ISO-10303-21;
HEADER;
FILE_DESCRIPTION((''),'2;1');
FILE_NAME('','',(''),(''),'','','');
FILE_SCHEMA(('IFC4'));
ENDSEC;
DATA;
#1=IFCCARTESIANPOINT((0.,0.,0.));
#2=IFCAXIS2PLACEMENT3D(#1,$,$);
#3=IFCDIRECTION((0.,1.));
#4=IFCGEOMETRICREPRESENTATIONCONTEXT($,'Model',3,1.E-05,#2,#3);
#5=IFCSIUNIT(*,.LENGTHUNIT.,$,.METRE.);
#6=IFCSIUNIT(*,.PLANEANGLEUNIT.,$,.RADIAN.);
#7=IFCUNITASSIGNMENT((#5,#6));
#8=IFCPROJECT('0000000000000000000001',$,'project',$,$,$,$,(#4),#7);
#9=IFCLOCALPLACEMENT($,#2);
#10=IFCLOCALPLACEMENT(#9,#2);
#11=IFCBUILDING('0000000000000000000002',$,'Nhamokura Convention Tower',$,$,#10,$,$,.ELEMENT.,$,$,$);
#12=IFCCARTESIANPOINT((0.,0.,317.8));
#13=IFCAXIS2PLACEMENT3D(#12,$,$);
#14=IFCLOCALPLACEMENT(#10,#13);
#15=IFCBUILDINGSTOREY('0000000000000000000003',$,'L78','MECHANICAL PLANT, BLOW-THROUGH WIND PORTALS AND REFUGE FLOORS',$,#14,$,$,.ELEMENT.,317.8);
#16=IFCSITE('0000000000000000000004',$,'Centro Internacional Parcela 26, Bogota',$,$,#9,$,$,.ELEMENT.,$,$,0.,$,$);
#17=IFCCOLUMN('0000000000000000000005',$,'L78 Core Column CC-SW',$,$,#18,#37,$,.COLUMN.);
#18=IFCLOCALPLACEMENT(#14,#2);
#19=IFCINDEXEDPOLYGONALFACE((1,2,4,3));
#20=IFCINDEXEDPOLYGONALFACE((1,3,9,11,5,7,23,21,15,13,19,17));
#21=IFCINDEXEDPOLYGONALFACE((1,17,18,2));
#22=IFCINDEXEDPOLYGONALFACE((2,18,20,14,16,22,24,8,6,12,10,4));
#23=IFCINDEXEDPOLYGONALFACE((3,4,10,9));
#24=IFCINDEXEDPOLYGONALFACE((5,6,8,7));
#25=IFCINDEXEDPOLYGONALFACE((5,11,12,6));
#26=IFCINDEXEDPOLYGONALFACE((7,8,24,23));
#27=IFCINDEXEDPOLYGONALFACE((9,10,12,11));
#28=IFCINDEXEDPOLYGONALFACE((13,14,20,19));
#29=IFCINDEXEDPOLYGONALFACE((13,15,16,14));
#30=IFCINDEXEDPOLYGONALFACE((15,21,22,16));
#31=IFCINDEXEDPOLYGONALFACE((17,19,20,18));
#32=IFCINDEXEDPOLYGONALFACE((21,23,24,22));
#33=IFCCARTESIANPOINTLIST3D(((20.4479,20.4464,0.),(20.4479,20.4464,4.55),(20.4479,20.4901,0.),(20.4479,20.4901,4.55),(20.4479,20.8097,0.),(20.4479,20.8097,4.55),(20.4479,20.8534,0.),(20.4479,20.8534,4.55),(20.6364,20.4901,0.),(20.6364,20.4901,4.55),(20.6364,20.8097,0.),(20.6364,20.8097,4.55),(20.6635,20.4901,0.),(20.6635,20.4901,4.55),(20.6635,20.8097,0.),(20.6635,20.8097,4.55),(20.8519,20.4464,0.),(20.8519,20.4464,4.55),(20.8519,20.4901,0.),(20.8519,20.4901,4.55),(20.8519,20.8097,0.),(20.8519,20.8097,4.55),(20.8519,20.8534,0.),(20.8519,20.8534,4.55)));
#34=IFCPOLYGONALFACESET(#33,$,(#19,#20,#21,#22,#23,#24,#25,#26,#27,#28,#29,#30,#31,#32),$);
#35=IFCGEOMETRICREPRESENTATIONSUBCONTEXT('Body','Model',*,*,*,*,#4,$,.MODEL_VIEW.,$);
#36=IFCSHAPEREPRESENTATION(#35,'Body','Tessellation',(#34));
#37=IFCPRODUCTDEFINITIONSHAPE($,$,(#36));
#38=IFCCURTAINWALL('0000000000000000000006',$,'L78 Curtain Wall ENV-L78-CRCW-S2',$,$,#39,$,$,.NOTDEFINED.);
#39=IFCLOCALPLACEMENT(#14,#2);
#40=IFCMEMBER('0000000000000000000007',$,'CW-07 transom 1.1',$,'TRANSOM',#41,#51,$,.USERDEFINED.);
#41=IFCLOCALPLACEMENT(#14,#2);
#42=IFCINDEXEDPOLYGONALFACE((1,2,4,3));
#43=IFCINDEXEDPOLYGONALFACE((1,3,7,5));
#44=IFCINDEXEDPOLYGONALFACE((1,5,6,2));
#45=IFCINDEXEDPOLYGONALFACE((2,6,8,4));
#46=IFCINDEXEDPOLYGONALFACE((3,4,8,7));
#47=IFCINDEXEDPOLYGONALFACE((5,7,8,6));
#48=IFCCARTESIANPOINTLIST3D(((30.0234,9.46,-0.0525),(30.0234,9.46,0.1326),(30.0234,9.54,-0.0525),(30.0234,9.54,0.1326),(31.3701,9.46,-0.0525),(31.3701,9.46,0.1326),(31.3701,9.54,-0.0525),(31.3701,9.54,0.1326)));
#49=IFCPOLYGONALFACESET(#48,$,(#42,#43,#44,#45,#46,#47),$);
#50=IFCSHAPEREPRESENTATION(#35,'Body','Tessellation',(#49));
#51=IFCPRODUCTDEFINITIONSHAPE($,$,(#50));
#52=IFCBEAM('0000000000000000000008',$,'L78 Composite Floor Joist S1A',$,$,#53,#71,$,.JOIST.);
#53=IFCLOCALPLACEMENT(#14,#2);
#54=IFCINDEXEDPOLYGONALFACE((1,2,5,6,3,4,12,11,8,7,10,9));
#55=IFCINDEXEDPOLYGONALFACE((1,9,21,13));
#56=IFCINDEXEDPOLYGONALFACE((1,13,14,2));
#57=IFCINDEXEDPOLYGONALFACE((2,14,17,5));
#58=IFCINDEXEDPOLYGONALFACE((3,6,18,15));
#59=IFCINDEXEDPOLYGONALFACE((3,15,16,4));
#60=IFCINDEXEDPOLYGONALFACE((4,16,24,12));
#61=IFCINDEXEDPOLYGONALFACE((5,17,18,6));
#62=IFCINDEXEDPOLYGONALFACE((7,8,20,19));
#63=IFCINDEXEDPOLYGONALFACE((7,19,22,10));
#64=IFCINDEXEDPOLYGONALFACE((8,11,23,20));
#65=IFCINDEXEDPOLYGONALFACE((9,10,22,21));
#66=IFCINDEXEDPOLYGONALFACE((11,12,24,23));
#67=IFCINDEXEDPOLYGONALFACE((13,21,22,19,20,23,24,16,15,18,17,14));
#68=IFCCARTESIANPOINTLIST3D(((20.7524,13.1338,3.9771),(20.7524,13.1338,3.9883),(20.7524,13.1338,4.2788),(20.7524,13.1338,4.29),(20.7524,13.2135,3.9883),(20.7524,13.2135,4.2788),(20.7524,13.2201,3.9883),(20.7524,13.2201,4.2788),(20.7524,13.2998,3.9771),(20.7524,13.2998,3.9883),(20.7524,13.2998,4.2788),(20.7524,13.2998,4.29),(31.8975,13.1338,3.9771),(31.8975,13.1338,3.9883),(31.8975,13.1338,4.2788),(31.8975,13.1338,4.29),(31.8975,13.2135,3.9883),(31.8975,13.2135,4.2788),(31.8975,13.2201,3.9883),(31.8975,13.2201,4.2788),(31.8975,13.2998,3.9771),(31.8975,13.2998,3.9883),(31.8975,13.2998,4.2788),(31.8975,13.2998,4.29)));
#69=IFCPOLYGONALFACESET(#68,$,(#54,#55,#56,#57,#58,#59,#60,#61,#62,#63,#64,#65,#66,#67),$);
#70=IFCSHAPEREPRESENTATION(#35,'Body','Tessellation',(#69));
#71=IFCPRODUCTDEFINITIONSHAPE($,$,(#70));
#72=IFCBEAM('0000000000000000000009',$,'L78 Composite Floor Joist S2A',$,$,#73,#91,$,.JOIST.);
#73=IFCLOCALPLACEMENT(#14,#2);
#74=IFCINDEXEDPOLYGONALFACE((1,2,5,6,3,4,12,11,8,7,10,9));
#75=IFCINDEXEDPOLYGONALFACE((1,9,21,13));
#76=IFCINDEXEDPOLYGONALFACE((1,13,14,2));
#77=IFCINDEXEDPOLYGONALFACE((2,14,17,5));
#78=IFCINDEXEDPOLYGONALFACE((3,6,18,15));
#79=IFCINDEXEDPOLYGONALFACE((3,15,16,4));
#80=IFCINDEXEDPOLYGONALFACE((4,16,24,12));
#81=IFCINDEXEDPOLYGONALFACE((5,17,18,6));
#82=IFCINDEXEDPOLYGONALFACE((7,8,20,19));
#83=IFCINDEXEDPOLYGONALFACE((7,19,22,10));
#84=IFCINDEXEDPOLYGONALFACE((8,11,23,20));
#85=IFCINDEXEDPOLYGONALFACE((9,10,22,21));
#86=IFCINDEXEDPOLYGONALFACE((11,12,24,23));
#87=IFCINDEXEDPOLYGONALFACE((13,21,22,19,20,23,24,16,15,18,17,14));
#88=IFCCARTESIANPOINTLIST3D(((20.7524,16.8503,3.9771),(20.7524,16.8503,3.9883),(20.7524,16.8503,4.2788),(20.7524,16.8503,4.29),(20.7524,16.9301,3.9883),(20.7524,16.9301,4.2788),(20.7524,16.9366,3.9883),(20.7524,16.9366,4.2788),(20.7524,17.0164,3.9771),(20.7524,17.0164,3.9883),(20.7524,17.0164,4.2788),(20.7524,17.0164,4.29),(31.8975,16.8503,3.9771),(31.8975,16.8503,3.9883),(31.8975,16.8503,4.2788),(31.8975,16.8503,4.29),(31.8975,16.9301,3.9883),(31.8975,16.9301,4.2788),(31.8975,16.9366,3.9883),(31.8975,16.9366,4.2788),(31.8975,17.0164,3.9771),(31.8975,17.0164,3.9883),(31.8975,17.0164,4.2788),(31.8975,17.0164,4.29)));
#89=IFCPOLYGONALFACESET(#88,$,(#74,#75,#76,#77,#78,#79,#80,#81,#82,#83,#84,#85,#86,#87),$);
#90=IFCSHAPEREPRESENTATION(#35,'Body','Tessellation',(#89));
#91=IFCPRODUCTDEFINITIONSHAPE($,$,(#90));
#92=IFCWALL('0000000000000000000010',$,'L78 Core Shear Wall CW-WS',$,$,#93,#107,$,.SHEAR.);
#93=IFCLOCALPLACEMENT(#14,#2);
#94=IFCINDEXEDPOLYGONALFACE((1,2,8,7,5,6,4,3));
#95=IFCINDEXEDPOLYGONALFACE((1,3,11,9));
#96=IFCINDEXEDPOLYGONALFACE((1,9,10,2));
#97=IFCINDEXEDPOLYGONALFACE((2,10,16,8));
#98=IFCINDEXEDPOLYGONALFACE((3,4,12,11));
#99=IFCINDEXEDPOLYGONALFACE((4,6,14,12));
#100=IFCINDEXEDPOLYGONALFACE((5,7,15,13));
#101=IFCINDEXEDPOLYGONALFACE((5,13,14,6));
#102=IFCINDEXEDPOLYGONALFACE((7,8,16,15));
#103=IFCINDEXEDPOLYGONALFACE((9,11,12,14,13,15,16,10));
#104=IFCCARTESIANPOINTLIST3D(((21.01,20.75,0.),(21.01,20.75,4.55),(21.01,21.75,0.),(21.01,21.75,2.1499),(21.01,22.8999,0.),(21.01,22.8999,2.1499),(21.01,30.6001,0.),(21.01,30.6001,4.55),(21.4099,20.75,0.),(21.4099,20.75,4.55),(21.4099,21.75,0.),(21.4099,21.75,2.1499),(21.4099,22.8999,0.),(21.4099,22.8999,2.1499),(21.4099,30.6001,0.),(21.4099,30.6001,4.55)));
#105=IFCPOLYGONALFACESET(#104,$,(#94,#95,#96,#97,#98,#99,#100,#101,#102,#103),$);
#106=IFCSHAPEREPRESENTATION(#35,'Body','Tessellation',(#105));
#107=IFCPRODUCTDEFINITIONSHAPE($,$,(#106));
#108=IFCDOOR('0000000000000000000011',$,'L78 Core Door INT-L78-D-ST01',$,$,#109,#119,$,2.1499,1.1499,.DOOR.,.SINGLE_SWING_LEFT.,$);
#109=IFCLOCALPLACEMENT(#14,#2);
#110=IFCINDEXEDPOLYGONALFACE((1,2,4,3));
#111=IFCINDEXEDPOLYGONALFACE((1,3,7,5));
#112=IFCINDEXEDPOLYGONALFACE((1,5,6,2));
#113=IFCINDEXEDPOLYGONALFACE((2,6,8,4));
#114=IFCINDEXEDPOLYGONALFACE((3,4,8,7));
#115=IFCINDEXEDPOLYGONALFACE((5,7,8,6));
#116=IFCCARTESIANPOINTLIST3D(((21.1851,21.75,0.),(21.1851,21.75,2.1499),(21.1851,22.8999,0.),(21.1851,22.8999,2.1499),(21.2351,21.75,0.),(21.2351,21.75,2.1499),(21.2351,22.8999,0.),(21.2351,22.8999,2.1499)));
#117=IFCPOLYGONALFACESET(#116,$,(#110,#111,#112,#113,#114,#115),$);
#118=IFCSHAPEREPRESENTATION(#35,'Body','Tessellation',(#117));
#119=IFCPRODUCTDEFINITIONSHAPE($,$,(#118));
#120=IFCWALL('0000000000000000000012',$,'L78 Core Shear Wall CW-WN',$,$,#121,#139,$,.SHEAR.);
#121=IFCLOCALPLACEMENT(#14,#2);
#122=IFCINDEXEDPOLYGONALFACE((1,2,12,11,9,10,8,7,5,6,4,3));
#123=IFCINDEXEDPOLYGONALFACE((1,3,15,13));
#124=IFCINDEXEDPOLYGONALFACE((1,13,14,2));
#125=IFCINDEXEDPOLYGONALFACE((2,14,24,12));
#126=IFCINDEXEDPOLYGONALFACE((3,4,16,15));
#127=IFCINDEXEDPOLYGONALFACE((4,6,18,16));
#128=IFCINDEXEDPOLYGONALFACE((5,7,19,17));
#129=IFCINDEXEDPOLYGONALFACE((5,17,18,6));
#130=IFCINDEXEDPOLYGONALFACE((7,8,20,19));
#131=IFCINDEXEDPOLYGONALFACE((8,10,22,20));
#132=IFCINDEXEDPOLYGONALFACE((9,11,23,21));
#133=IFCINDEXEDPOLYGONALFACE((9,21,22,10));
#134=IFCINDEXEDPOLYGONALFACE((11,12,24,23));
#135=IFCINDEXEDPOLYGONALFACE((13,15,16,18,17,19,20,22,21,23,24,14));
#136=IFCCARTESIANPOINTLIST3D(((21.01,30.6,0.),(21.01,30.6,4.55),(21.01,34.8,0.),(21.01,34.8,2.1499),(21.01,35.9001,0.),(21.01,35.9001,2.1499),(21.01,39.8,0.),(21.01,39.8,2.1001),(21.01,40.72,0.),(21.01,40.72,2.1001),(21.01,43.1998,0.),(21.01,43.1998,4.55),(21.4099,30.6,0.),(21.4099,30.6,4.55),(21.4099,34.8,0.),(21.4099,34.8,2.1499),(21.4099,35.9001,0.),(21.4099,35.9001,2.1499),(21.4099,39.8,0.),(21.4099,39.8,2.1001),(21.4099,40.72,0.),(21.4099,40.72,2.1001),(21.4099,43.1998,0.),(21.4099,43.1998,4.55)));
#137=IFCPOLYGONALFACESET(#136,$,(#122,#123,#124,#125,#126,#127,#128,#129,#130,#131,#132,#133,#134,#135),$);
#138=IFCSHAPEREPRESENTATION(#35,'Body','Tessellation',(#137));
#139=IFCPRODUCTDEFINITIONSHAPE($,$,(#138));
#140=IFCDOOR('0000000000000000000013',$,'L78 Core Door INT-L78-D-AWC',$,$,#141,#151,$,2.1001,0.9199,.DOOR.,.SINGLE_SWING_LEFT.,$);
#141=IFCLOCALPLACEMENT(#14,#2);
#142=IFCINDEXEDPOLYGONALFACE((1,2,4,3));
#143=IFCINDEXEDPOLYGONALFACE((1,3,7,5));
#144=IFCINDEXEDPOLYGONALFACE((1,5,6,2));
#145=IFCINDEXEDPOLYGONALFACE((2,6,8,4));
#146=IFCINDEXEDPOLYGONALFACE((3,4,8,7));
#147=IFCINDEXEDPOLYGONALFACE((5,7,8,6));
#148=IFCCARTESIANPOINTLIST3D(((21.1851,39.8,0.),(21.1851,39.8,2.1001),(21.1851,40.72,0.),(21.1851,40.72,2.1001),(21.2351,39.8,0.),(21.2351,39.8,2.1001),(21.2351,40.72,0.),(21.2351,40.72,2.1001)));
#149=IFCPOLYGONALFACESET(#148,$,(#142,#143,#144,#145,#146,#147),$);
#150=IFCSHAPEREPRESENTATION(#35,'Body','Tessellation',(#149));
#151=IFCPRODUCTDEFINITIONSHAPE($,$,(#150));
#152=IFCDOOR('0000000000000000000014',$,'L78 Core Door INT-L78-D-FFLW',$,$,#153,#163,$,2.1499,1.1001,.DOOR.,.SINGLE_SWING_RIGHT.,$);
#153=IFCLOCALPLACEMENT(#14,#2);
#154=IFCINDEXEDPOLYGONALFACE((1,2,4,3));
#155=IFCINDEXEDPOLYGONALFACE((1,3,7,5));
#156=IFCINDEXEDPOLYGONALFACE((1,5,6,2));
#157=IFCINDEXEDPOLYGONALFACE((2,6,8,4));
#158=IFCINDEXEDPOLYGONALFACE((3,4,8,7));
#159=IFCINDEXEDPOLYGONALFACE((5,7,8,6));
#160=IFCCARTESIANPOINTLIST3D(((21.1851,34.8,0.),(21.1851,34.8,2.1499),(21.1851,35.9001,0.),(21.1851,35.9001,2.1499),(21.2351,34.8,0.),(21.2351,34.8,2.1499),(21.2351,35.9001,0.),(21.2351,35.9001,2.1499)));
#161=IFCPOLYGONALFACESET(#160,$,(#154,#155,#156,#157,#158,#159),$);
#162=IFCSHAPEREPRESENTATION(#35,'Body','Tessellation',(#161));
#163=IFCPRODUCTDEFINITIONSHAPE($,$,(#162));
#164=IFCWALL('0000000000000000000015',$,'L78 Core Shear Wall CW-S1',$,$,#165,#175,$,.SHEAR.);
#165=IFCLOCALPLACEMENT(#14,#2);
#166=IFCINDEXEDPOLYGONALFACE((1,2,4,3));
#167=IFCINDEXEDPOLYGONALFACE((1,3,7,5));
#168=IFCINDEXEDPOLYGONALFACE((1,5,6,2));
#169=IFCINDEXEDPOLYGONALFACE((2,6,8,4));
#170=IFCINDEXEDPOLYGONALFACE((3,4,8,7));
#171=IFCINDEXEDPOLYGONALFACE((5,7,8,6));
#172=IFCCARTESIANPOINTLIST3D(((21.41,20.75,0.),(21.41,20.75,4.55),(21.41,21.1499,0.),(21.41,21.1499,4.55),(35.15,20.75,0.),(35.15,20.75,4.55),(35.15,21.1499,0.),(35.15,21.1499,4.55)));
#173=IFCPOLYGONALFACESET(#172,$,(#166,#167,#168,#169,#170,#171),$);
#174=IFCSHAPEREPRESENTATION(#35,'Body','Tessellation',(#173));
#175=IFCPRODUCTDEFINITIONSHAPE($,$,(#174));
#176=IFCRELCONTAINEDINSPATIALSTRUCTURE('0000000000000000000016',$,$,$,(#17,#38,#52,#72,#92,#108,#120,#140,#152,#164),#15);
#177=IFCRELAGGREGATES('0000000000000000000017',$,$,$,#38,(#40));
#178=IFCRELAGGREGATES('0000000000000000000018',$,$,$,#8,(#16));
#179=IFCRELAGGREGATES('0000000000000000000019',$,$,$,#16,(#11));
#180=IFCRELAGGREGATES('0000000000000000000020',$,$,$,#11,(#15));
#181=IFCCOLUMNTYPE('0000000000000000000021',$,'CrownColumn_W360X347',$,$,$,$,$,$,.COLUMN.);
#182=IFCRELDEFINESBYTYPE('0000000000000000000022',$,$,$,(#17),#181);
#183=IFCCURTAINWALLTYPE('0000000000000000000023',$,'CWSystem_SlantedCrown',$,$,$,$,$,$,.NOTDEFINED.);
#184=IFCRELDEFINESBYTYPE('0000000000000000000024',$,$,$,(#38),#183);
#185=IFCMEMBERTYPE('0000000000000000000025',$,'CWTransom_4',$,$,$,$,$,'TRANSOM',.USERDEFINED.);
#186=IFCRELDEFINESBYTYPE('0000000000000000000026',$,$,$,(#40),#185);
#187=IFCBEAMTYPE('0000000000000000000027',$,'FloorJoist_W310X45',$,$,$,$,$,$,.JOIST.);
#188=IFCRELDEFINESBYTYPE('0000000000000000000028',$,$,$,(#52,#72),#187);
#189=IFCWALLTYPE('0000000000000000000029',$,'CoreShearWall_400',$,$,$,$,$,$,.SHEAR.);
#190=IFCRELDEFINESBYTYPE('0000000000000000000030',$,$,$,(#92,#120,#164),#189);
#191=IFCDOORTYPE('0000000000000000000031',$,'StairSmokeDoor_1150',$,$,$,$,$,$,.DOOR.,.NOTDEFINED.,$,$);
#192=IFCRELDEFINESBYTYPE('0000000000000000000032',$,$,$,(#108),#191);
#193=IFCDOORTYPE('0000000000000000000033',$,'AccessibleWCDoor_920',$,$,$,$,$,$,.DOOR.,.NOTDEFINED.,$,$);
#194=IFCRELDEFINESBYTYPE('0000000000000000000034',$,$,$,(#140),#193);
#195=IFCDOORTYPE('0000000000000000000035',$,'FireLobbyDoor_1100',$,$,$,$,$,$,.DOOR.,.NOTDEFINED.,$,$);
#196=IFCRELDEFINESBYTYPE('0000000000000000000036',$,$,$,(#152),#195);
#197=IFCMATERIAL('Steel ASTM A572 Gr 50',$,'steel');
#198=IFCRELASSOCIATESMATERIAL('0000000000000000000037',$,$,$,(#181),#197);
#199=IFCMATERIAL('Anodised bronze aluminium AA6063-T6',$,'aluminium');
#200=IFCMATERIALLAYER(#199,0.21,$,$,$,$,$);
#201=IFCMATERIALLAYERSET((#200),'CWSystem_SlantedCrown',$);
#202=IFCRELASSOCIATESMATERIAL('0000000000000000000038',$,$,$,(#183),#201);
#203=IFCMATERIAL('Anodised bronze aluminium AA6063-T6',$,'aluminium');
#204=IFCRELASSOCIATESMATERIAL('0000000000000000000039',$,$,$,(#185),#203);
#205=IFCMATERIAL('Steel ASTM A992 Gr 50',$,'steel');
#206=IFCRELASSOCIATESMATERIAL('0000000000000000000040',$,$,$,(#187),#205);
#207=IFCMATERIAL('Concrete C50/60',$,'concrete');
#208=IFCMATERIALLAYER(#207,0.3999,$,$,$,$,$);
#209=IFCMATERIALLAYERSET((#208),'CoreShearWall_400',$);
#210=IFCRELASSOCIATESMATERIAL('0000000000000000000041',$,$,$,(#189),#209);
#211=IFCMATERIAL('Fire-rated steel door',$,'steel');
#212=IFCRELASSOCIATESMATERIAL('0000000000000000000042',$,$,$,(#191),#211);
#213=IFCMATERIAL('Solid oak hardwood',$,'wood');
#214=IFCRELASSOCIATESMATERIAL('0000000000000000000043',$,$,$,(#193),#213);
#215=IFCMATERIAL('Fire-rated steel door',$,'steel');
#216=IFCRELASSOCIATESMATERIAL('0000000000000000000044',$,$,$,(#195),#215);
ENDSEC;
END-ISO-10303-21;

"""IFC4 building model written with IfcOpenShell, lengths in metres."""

from ifc_helpers import new_model, si_unit, direction, frame, frame_2d, origin, origin_2d, place, context, subcontext, project, spatial, rectangle, i_section, extrude, material, layer, layer_set, material_profile, profile_set, type_object, element, fill, aggregate, save


model = new_model("IFC4")

# Units and contexts
model_context = context("Model", 3, precision=1e-05, world=origin(), true_north=direction((0.0, 1.0)))
body_context = subcontext(model_context, "Body", "Model", "MODEL_VIEW")
ifc_project = project(units=[si_unit("LENGTHUNIT", "METRE"), si_unit("PLANEANGLEUNIT", "RADIAN")], contexts=[model_context])

# Site, building, storey
site_placement = place(None, origin())
site = spatial("IfcSite", under=ifc_project, at=site_placement, Name="Centro Internacional Parcela 26, Bogota", CompositionType="ELEMENT", RefElevation=0.0)
building_placement = place(site_placement, origin())
building = spatial("IfcBuilding", under=site, at=building_placement, Name="Nhamokura Convention Tower", CompositionType="ELEMENT")
storey_placement = place(building_placement, frame((0.0, 0.0, 317.8)))
storey = spatial("IfcBuildingStorey", under=building, at=storey_placement, Name="L78", Description="MECHANICAL PLANT, BLOW-THROUGH WIND PORTALS AND REFUGE FLOORS", CompositionType="ELEMENT", Elevation=317.8)

# Column
ifc_material_1 = material(Name="Steel ASTM A572 Gr 50", Category="steel")
ifc_material_profile_1 = material_profile(ifc_material_1, i_section(OverallWidth=0.4041, OverallDepth=0.407, WebThickness=0.0271, FlangeThickness=0.0437, at=origin_2d()))
ifc_profile_set_1 = profile_set([ifc_material_profile_1], Name="Steel ASTM A572 Gr 50")
column_type = type_object("IfcColumnType", Name="CrownColumn_W360X347", PredefinedType="COLUMN", material=ifc_profile_set_1)
column_placement = place(storey_placement, frame((20.6499, 20.6499, 0.0), z_axis=(0.0, 0.0, 1.0), x_axis=(1.0, 0.0, 0.0)))
element("IfcColumn", 1, at=column_placement, inside=storey, type_object=column_type, Name="L78 Core Column CC-SW", PredefinedType="COLUMN", context=body_context, shape_type="SweptSolid", body=[
    extrude(i_section(OverallWidth=0.4041, OverallDepth=0.407, WebThickness=0.0271, FlangeThickness=0.0437, at=origin_2d()), origin(), (0.0, 0.0, 1.0), 4.55),
])

# Curtain wall, member
ifc_material_2 = material(Name="Anodised bronze aluminium AA6063-T6", Category="aluminium")
ifc_layer_1 = layer(ifc_material_2, 0.21)
ifc_layer_set_1 = layer_set([ifc_layer_1], Name="CWSystem_SlantedCrown")
curtain_wall_type = type_object("IfcCurtainWallType", Name="CWSystem_SlantedCrown", PredefinedType="NOTDEFINED", material=ifc_layer_set_1)
curtain_wall_placement = place(storey_placement, origin())
curtain_wall = element("IfcCurtainWall", 2, at=curtain_wall_placement, inside=storey, type_object=curtain_wall_type, Name="L78 Curtain Wall ENV-L78-CRCW-S2", PredefinedType="NOTDEFINED")
ifc_material_3 = material(Name="Anodised bronze aluminium AA6063-T6", Category="aluminium")
ifc_material_profile_2 = material_profile(ifc_material_3, rectangle(XDim=0.0801, YDim=0.1851, at=origin_2d()))
ifc_profile_set_2 = profile_set([ifc_material_profile_2], Name="Anodised bronze aluminium AA6063-T6")
member_type = type_object("IfcMemberType", Name="CWTransom_4", ElementType="TRANSOM", PredefinedType="USERDEFINED", material=ifc_profile_set_2)
member_placement = place(storey_placement, frame((31.3701, 9.5, 0.04), z_axis=(-1.0, 0.0, 0.0), x_axis=(0.0, -1.0, 0.0)))
member = element("IfcMember", 3, at=member_placement, type_object=member_type, Name="CW-07 transom 1.1", ObjectType="TRANSOM", PredefinedType="USERDEFINED", context=body_context, shape_type="SweptSolid", body=[
    extrude(rectangle(XDim=0.0801, YDim=0.1851, at=origin_2d()), origin(), (0.0, 0.0, 1.0), 1.3467),
])
aggregate(curtain_wall, [member])

# Beams
ifc_material_4 = material(Name="Steel ASTM A992 Gr 50", Category="steel")
ifc_material_profile_3 = material_profile(ifc_material_4, i_section(OverallWidth=0.166, OverallDepth=0.313, WebThickness=0.0066, FlangeThickness=0.0112, at=origin_2d()))
ifc_profile_set_3 = profile_set([ifc_material_profile_3], Name="Steel ASTM A992 Gr 50")
beam_type = type_object("IfcBeamType", Name="FloorJoist_W310X45", PredefinedType="JOIST", material=ifc_profile_set_3)
for number, where, z_axis, x_axis, name in (
    (4, (20.7524, 13.2168, 4.1335), (1.0, 0.0, 0.0), (0.0, 1.0, 0.0), "L78 Composite Floor Joist S1A"),
    (5, (20.7524, 16.9333, 4.1335), (1.0, 0.0, 0.0), (0.0, 1.0, 0.0), "L78 Composite Floor Joist S2A"),
):
    element("IfcBeam", number, at=place(storey_placement, frame(where, z_axis=z_axis, x_axis=x_axis)), inside=storey, type_object=beam_type, Name=name, PredefinedType="JOIST", context=body_context, shape_type="SweptSolid", body=[
        extrude(i_section(OverallWidth=0.166, OverallDepth=0.313, WebThickness=0.0066, FlangeThickness=0.0112, at=origin_2d()), origin(), (0.0, 0.0, 1.0), 11.145),
    ])

# Wall, opening, door
ifc_material_5 = material(Name="Concrete C50/60", Category="concrete")
ifc_layer_2 = layer(ifc_material_5, 0.3999)
ifc_layer_set_2 = layer_set([ifc_layer_2], Name="CoreShearWall_400")
wall_type_1 = type_object("IfcWallType", Name="CoreShearWall_400", PredefinedType="SHEAR", material=ifc_layer_set_2)
wall_1_placement = place(storey_placement, frame((21.21, 20.75, 0.0), z_axis=(0.0, 0.0, 1.0), x_axis=(0.0, 1.0, 0.0)))
wall_1 = element("IfcWall", 6, at=wall_1_placement, inside=storey, type_object=wall_type_1, Name="L78 Core Shear Wall CW-WS", PredefinedType="SHEAR", context=body_context, shape_type="SweptSolid", body=[
    extrude(rectangle(XDim=9.8501, YDim=0.3999, at=frame_2d((4.925, 0.0))), origin(), (0.0, 0.0, 1.0), 4.55),
])
opening_1_placement = place(wall_1_placement, frame((1.0, 0.0, 0.0)))
opening_1 = element("IfcOpeningElement", 7, at=opening_1_placement, cuts=wall_1, PredefinedType="OPENING", context=body_context, shape_type="SweptSolid", body=[
    extrude(rectangle(XDim=1.1499, YDim=2.1499, at=frame_2d((0.575, 1.075))), frame((0.0, 0.21, 0.0), z_axis=(0.0, -1.0, 0.0), x_axis=(1.0, 0.0, 0.0)), (0.0, 0.0, 1.0), 0.4199),
])
ifc_material_6 = material(Name="Fire-rated steel door", Category="steel")
door_type_1 = type_object("IfcDoorType", Name="StairSmokeDoor_1150", OperationType="NOTDEFINED", PredefinedType="DOOR", material=ifc_material_6)
door_1_placement = place(opening_1_placement, origin())
door_1 = element("IfcDoor", 8, at=door_1_placement, inside=storey, type_object=door_type_1, Name="L78 Core Door INT-L78-D-ST01", OperationType="SINGLE_SWING_LEFT", OverallHeight=2.1499, OverallWidth=1.1499, PredefinedType="DOOR", context=body_context, shape_type="SweptSolid", body=[
    extrude(rectangle(XDim=1.1499, YDim=2.1499, at=frame_2d((0.575, 1.075))), frame((0.0, 0.0249, 0.0), z_axis=(0.0, -1.0, 0.0), x_axis=(1.0, 0.0, 0.0)), (0.0, 0.0, 1.0), 0.05),
])
fill(opening_1, door_1)

# Wall, openings, doors
wall_2_placement = place(storey_placement, frame((21.21, 30.6001, 0.0), z_axis=(0.0, 0.0, 1.0), x_axis=(0.0, 1.0, 0.0)))
wall_2 = element("IfcWall", 9, at=wall_2_placement, inside=storey, type_object=wall_type_1, Name="L78 Core Shear Wall CW-WN", PredefinedType="SHEAR", context=body_context, shape_type="SweptSolid", body=[
    extrude(rectangle(XDim=12.5999, YDim=0.3999, at=frame_2d((6.2998, 0.0))), origin(), (0.0, 0.0, 1.0), 4.55),
])
opening_2_placement = place(wall_2_placement, frame((4.2, 0.0, 0.0)))
opening_2 = element("IfcOpeningElement", 10, at=opening_2_placement, cuts=wall_2, PredefinedType="OPENING", context=body_context, shape_type="SweptSolid", body=[
    extrude(rectangle(XDim=1.1001, YDim=2.1499, at=frame_2d((0.55, 1.075))), frame((0.0, 0.21, 0.0), z_axis=(0.0, -1.0, 0.0), x_axis=(1.0, 0.0, 0.0)), (0.0, 0.0, 1.0), 0.4199),
])
opening_3_placement = place(wall_2_placement, frame((9.2, 0.0, 0.0)))
opening_3 = element("IfcOpeningElement", 11, at=opening_3_placement, cuts=wall_2, PredefinedType="OPENING", context=body_context, shape_type="SweptSolid", body=[
    extrude(rectangle(XDim=0.9199, YDim=2.1001, at=frame_2d((0.46, 1.05))), frame((0.0, 0.21, 0.0), z_axis=(0.0, -1.0, 0.0), x_axis=(1.0, 0.0, 0.0)), (0.0, 0.0, 1.0), 0.4199),
])
ifc_material_7 = material(Name="Solid oak hardwood", Category="wood")
door_type_2 = type_object("IfcDoorType", Name="AccessibleWCDoor_920", OperationType="NOTDEFINED", PredefinedType="DOOR", material=ifc_material_7)
door_2_placement = place(opening_3_placement, origin())
door_2 = element("IfcDoor", 12, at=door_2_placement, inside=storey, type_object=door_type_2, Name="L78 Core Door INT-L78-D-AWC", OperationType="SINGLE_SWING_LEFT", OverallHeight=2.1001, OverallWidth=0.9199, PredefinedType="DOOR", context=body_context, shape_type="SweptSolid", body=[
    extrude(rectangle(XDim=0.9199, YDim=2.1001, at=frame_2d((0.46, 1.05))), frame((0.0, 0.0249, 0.0), z_axis=(0.0, -1.0, 0.0), x_axis=(1.0, 0.0, 0.0)), (0.0, 0.0, 1.0), 0.05),
])
fill(opening_3, door_2)
ifc_material_8 = material(Name="Fire-rated steel door", Category="steel")
door_type_3 = type_object("IfcDoorType", Name="FireLobbyDoor_1100", OperationType="NOTDEFINED", PredefinedType="DOOR", material=ifc_material_8)
door_3_placement = place(opening_2_placement, origin())
door_3 = element("IfcDoor", 13, at=door_3_placement, inside=storey, type_object=door_type_3, Name="L78 Core Door INT-L78-D-FFLW", OperationType="SINGLE_SWING_RIGHT", OverallHeight=2.1499, OverallWidth=1.1001, PredefinedType="DOOR", context=body_context, shape_type="SweptSolid", body=[
    extrude(rectangle(XDim=1.1001, YDim=2.1499, at=frame_2d((0.55, 1.075))), frame((0.0, 0.0249, 0.0), z_axis=(0.0, -1.0, 0.0), x_axis=(1.0, 0.0, 0.0)), (0.0, 0.0, 1.0), 0.05),
])
fill(opening_2, door_3)

# Wall
wall_3_placement = place(storey_placement, frame((21.4099, 20.95, 0.0), z_axis=(0.0, 0.0, 1.0), x_axis=(1.0, 0.0, 0.0)))
element("IfcWall", 14, at=wall_3_placement, inside=storey, type_object=wall_type_1, Name="L78 Core Shear Wall CW-S1", PredefinedType="SHEAR", context=body_context, shape_type="SweptSolid", body=[
    extrude(rectangle(XDim=13.74, YDim=0.3999, at=frame_2d((6.8701, 0.0))), origin(), (0.0, 0.0, 1.0), 4.55),
])

save(model, "model.ifc")
